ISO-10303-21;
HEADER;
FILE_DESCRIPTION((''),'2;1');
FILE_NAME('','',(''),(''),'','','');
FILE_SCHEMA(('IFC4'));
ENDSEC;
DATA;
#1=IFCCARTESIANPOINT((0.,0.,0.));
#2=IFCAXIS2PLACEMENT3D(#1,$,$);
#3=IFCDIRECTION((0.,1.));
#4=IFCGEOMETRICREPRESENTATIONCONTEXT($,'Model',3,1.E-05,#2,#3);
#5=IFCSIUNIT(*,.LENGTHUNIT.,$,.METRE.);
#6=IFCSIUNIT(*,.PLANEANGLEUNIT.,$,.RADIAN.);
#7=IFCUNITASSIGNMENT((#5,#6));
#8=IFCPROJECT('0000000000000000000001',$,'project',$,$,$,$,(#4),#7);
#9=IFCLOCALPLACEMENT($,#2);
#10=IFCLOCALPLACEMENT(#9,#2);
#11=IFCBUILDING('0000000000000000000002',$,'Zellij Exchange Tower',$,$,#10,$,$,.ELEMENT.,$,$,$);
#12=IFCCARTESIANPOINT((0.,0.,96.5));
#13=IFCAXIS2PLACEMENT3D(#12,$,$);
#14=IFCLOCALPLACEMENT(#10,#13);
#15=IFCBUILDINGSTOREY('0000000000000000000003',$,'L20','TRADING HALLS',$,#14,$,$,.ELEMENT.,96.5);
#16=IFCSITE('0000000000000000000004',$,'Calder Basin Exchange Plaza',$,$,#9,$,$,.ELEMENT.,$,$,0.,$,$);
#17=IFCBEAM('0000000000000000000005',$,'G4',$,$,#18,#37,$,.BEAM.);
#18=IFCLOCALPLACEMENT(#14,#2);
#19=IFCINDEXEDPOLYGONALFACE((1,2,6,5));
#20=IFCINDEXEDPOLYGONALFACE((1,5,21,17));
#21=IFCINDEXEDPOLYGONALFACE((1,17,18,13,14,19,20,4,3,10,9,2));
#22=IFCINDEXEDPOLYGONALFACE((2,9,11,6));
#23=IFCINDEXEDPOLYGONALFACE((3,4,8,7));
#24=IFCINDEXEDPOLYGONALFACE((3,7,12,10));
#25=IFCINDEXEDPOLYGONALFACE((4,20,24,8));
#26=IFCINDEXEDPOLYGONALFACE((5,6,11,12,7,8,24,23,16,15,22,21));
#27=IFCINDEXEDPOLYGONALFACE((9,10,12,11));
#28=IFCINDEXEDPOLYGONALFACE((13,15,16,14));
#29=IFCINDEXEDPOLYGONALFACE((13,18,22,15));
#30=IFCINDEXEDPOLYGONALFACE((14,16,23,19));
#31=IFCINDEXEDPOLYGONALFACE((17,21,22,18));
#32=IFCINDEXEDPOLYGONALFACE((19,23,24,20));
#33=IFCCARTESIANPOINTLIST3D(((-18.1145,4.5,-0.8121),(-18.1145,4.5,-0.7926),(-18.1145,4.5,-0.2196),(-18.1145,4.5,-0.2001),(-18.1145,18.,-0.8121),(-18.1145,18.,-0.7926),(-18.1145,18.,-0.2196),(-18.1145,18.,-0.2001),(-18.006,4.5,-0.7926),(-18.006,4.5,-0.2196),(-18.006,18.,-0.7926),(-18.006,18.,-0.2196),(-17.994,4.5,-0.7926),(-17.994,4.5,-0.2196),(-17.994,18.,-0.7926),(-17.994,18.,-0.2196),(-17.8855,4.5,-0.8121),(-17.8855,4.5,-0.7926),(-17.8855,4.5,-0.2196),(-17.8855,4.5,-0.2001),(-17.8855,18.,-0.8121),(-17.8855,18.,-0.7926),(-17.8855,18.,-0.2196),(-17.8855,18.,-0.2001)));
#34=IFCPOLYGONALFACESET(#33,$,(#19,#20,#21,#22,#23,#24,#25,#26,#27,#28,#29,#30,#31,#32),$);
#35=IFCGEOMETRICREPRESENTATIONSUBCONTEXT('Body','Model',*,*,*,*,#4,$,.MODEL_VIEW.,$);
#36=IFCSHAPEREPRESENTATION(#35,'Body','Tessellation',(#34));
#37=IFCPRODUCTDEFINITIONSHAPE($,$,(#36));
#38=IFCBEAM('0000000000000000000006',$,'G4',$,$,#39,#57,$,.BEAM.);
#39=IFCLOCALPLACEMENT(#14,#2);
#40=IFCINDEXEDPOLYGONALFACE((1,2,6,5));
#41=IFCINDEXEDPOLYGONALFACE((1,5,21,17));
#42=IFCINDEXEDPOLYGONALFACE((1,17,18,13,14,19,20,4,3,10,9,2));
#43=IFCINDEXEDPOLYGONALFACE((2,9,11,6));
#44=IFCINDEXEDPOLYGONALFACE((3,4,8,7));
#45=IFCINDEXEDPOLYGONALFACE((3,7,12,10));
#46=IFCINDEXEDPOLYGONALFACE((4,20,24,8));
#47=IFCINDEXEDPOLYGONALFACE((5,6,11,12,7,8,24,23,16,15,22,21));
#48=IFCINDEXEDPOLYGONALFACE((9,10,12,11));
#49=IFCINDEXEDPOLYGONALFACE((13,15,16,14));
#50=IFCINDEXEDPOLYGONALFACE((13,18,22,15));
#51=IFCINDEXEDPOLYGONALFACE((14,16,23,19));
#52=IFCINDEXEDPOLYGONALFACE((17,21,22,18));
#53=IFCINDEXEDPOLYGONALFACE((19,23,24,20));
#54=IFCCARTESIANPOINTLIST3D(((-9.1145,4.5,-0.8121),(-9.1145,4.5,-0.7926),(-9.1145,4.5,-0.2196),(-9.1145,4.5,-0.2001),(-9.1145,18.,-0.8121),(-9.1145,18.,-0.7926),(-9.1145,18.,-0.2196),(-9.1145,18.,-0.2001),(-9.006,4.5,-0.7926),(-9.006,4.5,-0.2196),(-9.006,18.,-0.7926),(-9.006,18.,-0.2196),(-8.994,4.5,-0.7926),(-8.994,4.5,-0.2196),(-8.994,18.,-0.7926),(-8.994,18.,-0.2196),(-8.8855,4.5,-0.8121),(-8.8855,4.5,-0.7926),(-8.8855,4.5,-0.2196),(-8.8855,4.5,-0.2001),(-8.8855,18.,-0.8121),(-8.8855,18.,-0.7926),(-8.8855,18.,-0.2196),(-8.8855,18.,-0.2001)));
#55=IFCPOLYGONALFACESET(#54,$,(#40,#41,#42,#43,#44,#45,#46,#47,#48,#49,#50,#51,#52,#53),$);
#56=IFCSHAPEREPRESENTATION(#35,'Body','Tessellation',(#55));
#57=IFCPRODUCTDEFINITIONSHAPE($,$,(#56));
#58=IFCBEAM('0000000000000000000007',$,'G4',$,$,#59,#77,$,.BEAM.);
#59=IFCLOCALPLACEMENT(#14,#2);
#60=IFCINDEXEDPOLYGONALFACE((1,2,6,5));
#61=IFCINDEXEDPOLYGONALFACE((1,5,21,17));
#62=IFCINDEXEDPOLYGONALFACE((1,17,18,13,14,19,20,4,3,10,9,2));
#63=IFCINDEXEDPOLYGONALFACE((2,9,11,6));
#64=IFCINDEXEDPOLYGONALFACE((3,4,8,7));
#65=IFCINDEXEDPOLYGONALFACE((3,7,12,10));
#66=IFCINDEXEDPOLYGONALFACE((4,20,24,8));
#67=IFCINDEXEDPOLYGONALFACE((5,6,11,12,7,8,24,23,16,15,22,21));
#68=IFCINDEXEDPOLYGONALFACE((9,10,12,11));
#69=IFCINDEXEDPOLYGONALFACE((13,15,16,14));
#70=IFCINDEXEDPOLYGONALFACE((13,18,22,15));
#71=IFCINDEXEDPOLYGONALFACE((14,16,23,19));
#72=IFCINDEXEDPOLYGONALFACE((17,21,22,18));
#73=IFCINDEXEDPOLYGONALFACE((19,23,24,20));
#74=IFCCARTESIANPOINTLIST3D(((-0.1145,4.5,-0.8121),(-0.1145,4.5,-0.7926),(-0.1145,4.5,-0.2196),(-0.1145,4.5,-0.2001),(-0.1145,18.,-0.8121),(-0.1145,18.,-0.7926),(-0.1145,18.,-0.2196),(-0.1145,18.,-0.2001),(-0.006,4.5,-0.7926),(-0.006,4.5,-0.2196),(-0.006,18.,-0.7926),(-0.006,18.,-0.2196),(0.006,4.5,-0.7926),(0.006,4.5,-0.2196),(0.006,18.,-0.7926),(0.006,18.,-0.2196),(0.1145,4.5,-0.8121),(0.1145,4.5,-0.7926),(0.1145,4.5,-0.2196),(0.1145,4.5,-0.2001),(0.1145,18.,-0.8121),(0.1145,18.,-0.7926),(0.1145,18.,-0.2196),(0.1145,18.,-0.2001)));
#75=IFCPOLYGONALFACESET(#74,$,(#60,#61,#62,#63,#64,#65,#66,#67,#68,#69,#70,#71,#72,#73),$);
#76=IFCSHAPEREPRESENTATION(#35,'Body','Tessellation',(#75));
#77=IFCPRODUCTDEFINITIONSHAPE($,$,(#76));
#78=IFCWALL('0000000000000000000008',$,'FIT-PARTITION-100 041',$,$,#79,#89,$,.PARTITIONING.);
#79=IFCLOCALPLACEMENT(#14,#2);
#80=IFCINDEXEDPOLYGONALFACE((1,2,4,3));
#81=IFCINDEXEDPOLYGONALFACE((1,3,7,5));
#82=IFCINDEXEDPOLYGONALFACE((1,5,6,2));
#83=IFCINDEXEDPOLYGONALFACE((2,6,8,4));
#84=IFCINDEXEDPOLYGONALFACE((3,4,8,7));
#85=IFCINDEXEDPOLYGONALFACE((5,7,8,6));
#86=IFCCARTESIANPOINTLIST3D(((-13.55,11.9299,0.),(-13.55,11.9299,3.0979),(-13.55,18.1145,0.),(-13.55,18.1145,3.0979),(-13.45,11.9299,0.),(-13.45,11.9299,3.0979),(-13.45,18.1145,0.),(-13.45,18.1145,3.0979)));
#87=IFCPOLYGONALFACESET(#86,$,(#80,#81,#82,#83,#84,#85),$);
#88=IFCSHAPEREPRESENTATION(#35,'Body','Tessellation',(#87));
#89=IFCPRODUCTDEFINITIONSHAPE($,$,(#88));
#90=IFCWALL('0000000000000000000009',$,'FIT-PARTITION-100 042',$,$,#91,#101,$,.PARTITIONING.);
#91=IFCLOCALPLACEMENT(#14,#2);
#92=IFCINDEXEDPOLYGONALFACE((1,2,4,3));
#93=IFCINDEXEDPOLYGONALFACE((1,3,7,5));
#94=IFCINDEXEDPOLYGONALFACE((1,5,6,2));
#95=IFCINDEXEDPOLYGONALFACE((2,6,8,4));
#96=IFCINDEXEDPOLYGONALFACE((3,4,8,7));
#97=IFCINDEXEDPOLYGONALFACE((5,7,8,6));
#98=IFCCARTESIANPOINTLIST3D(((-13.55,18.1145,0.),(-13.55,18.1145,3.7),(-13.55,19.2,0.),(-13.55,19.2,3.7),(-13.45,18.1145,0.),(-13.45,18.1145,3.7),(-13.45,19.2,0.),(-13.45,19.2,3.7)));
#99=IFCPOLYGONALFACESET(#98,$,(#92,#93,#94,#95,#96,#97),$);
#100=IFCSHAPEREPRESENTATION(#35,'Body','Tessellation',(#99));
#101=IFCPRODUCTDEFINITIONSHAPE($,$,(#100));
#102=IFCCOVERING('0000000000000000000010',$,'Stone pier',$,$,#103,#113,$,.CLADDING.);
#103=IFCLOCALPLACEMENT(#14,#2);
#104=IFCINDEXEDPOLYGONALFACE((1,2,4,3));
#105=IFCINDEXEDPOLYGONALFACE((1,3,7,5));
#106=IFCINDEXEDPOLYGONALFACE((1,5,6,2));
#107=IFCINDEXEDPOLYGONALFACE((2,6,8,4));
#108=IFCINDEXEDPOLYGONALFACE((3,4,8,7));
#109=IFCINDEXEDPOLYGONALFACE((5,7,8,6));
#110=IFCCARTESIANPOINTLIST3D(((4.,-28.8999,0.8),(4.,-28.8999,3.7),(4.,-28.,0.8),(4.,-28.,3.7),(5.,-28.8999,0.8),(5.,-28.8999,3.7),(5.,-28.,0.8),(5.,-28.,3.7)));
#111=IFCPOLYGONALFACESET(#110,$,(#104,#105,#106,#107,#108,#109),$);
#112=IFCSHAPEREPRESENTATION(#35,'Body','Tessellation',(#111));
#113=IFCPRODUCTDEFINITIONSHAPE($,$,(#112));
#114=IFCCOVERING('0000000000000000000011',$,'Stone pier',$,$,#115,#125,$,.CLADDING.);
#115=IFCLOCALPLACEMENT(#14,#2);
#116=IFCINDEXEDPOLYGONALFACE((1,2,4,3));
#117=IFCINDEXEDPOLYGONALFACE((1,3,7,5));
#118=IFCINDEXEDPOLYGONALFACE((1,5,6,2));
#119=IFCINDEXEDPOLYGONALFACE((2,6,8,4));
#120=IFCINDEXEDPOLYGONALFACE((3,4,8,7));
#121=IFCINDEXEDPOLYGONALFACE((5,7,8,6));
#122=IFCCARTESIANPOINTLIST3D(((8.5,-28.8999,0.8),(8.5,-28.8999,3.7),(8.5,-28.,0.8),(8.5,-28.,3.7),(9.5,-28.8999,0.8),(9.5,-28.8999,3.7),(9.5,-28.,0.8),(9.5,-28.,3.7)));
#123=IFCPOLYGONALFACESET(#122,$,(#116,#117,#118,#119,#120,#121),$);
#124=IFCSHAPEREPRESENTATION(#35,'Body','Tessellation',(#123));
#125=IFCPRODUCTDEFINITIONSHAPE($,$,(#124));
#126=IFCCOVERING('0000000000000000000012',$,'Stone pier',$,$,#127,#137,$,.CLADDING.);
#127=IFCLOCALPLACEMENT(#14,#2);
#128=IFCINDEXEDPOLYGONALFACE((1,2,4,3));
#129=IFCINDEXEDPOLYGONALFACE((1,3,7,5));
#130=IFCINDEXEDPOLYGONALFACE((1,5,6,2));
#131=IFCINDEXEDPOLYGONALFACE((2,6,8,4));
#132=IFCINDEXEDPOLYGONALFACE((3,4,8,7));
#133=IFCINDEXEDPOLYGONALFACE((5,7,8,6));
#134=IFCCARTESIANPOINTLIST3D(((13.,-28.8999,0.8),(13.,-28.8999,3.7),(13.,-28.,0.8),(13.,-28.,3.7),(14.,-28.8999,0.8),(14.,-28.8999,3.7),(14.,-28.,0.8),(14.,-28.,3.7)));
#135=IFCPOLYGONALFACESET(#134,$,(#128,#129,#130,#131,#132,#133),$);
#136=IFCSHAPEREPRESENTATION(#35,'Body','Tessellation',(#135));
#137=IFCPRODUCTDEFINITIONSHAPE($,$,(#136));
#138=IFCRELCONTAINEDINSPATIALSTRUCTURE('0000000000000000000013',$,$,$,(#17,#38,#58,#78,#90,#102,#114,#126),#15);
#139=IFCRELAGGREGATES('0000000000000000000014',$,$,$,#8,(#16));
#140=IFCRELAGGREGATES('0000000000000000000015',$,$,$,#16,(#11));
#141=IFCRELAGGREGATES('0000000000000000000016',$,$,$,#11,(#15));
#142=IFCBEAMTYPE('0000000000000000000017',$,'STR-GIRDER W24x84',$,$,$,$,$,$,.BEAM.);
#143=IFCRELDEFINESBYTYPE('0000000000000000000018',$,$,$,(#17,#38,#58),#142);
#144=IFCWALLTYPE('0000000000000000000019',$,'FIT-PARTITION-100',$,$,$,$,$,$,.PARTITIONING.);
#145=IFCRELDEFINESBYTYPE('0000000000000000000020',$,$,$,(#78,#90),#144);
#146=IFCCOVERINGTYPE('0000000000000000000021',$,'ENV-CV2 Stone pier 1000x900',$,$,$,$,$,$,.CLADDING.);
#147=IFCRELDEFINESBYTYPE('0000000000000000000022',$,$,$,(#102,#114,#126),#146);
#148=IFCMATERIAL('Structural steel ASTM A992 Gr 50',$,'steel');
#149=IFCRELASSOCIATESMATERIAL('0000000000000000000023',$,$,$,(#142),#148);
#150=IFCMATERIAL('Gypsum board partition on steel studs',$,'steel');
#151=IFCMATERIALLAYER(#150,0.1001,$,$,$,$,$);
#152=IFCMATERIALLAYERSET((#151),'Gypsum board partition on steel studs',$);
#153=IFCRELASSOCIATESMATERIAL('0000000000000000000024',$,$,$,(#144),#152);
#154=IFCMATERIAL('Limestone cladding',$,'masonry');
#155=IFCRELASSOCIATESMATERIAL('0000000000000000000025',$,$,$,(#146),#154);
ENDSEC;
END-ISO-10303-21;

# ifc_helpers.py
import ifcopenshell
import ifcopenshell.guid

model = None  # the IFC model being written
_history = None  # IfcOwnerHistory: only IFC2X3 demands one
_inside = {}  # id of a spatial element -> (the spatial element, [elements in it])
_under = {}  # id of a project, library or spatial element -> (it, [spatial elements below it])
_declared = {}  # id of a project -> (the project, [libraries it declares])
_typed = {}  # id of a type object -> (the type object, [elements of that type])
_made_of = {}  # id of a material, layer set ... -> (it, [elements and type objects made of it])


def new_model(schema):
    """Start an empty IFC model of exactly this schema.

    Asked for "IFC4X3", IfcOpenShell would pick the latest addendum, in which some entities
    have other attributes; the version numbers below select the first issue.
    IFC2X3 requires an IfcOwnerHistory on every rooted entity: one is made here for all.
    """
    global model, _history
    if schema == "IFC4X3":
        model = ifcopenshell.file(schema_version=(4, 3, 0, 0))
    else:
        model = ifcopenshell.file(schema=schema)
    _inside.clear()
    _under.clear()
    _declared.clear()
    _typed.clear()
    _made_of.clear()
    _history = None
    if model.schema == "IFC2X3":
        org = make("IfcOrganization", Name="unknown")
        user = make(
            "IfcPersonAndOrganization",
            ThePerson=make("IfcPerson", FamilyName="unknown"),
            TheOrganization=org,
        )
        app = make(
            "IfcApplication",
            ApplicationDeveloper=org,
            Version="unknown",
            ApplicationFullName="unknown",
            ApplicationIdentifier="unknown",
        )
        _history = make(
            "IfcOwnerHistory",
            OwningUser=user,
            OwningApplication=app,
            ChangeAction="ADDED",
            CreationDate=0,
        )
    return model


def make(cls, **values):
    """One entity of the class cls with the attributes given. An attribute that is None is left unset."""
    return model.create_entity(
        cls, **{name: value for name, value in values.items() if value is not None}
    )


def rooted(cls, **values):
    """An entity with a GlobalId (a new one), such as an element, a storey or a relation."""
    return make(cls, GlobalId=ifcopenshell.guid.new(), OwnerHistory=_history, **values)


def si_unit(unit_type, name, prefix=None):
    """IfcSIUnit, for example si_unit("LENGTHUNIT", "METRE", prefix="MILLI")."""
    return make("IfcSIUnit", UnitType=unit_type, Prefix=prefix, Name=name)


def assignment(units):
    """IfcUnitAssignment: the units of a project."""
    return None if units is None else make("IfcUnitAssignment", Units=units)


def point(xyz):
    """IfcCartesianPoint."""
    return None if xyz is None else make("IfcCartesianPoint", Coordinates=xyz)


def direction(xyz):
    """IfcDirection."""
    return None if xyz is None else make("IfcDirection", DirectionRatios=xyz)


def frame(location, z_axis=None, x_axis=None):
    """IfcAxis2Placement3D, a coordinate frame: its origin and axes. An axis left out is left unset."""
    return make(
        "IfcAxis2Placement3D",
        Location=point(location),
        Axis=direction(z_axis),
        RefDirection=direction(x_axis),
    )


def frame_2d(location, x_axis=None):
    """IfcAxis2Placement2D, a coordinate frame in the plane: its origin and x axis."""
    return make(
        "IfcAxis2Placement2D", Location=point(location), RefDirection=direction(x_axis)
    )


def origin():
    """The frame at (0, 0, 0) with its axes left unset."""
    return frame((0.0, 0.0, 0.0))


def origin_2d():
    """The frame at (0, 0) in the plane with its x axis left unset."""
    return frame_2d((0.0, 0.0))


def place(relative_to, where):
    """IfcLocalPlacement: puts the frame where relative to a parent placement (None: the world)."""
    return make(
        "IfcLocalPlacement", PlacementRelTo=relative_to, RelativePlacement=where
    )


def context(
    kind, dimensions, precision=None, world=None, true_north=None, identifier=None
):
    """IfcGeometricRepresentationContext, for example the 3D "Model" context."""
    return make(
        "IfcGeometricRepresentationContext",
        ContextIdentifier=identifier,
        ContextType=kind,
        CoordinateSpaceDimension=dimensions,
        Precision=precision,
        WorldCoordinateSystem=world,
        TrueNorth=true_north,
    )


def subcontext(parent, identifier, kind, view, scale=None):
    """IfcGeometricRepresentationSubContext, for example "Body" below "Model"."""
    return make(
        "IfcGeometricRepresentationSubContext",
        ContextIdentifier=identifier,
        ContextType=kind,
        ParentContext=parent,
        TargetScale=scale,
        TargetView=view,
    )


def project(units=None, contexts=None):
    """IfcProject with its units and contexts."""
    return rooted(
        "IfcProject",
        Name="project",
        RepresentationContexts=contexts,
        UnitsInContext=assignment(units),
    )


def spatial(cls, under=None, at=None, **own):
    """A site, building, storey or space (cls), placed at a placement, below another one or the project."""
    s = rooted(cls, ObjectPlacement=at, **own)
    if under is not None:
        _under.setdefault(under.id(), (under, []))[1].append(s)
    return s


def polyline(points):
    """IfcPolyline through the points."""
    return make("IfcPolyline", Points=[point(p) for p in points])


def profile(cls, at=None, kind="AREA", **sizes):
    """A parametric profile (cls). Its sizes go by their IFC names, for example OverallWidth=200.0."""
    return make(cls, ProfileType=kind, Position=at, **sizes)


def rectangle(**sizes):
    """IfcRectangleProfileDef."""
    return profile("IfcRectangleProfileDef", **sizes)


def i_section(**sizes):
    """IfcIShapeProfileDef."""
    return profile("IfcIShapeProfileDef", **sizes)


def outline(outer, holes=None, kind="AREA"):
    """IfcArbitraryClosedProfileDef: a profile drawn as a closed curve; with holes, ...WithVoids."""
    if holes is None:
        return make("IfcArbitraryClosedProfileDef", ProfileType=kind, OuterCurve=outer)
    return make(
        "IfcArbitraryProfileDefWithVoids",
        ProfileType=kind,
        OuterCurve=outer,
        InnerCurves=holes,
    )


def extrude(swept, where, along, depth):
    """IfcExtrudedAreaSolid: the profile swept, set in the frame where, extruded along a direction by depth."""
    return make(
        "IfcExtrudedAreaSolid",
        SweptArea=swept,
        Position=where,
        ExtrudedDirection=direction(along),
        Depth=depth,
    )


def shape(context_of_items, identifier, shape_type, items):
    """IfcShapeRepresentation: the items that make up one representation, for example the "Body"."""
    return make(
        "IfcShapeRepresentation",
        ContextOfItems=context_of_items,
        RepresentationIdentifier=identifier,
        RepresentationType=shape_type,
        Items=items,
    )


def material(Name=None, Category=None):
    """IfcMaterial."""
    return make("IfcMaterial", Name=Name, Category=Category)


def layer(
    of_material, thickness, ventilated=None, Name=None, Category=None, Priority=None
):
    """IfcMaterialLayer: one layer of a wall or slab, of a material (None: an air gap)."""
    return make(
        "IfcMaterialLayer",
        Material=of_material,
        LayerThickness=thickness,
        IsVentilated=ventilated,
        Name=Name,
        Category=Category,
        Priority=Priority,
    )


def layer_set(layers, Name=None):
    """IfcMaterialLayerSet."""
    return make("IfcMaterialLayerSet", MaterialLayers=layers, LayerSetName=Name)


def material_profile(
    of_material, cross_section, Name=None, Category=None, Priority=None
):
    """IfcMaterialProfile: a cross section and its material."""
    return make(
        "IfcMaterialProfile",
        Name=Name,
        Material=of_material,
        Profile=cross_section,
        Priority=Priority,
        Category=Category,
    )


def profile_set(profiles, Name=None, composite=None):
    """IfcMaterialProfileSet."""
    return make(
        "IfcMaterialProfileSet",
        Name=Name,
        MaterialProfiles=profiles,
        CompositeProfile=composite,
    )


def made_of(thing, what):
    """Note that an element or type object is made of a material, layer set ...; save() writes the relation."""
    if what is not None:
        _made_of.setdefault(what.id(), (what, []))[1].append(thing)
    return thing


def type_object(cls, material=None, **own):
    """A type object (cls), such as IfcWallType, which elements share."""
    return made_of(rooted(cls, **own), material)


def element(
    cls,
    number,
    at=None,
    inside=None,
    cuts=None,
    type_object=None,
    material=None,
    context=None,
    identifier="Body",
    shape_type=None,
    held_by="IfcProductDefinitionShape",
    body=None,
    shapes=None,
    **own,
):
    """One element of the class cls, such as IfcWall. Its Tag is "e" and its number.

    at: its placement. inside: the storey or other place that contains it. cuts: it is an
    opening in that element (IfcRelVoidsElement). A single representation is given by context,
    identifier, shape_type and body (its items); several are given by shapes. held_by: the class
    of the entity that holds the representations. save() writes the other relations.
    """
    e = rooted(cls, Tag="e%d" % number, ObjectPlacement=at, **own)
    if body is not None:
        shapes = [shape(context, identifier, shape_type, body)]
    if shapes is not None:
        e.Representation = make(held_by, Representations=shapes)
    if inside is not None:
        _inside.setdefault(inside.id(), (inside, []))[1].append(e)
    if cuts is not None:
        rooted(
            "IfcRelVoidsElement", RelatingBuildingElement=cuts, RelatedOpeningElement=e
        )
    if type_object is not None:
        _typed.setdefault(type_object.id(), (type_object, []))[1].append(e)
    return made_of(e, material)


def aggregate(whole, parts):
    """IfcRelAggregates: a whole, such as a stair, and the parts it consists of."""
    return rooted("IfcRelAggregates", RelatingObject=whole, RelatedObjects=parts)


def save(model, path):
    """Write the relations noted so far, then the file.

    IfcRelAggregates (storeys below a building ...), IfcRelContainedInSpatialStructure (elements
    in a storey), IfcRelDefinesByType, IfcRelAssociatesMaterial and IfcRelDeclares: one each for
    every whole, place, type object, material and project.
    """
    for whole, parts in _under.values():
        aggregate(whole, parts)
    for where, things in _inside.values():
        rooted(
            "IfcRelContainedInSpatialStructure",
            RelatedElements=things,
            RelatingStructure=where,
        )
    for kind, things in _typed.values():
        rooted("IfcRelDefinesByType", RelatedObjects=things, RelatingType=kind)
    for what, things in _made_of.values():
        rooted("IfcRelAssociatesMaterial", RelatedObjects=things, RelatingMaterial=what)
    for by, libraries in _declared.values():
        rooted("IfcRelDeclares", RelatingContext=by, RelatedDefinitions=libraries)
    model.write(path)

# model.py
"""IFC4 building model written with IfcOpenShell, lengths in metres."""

from ifc_helpers import new_model, si_unit, direction, frame, frame_2d, origin, origin_2d, place, context, subcontext, project, spatial, polyline, rectangle, i_section, outline, extrude, material, layer, layer_set, material_profile, profile_set, type_object, element, save


model = new_model("IFC4")

# Units and contexts
model_context = context("Model", 3, precision=1e-05, world=origin(), true_north=direction((0.0, 1.0)))
body_context = subcontext(model_context, "Body", "Model", "MODEL_VIEW")
ifc_project = project(units=[si_unit("LENGTHUNIT", "METRE"), si_unit("PLANEANGLEUNIT", "RADIAN")], contexts=[model_context])

# Site, building, storey
site_placement = place(None, origin())
site = spatial("IfcSite", under=ifc_project, at=site_placement, Name="Calder Basin Exchange Plaza", CompositionType="ELEMENT", RefElevation=0.0)
building_placement = place(site_placement, origin())
building = spatial("IfcBuilding", under=site, at=building_placement, Name="Zellij Exchange Tower", CompositionType="ELEMENT")
storey_placement = place(building_placement, frame((0.0, 0.0, 96.5)))
storey = spatial("IfcBuildingStorey", under=building, at=storey_placement, Name="L20", Description="TRADING HALLS", CompositionType="ELEMENT", Elevation=96.5)

# Beams
ifc_material_1 = material(Name="Structural steel ASTM A992 Gr 50", Category="steel")
ifc_material_profile_1 = material_profile(ifc_material_1, i_section(OverallWidth=0.229, OverallDepth=0.6121, WebThickness=0.012, FlangeThickness=0.0195, at=origin_2d()), Name="W24x84")
ifc_profile_set_1 = profile_set([ifc_material_profile_1], Name="Structural steel ASTM A992 Gr 50")
beam_type = type_object("IfcBeamType", Name="STR-GIRDER W24x84", PredefinedType="BEAM", material=ifc_profile_set_1)
for number, where, z_axis, x_axis, name in (
    (1, (-18.0, 4.5, -0.5061), (0.0, 1.0, 0.0), (-1.0, 0.0, 0.0), "G4"),
    (2, (-9.0, 4.5, -0.5061), (0.0, 1.0, 0.0), (-1.0, 0.0, 0.0), "G4"),
    (3, (0.0, 4.5, -0.5061), (0.0, 1.0, 0.0), (-1.0, 0.0, 0.0), "G4"),
):
    element("IfcBeam", number, at=place(storey_placement, frame(where, z_axis=z_axis, x_axis=x_axis)), inside=storey, type_object=beam_type, Name=name, PredefinedType="BEAM", context=body_context, shape_type="SweptSolid", body=[
        extrude(i_section(OverallWidth=0.229, OverallDepth=0.6121, WebThickness=0.012, FlangeThickness=0.0195, at=origin_2d()), origin(), (0.0, 0.0, 1.0), 13.5),
    ])

# Walls
ifc_material_2 = material(Name="Gypsum board partition on steel studs", Category="steel")
ifc_layer = layer(ifc_material_2, 0.1001)
ifc_layer_set = layer_set([ifc_layer], Name="Gypsum board partition on steel studs")
wall_type = type_object("IfcWallType", Name="FIT-PARTITION-100", PredefinedType="PARTITIONING", material=ifc_layer_set)
wall_1_placement = place(storey_placement, frame((-13.5, 11.9299, 0.0), z_axis=(0.0, 0.0, 1.0), x_axis=(0.0, 1.0, 0.0)))
element("IfcWall", 4, at=wall_1_placement, inside=storey, type_object=wall_type, Name="FIT-PARTITION-100 041", PredefinedType="PARTITIONING", context=body_context, shape_type="SweptSolid", body=[
    extrude(rectangle(XDim=6.1846, YDim=0.1001, at=frame_2d((3.0923, 0.0))), origin(), (0.0, 0.0, 1.0), 3.0979),
])
wall_2_placement = place(storey_placement, frame((-13.5, 18.1145, 0.0), z_axis=(0.0, 0.0, 1.0), x_axis=(0.0, 1.0, 0.0)))
element("IfcWall", 5, at=wall_2_placement, inside=storey, type_object=wall_type, Name="FIT-PARTITION-100 042", PredefinedType="PARTITIONING", context=body_context, shape_type="SweptSolid", body=[
    extrude(rectangle(XDim=1.0854, YDim=0.1001, at=frame_2d((0.5427, 0.0))), origin(), (0.0, 0.0, 1.0), 3.7),
])

# Coverings
ifc_material_3 = material(Name="Limestone cladding", Category="masonry")
covering_type = type_object("IfcCoveringType", Name="ENV-CV2 Stone pier 1000x900", PredefinedType="CLADDING", material=ifc_material_3)
covering_1_placement = place(storey_placement, frame((0.0, 0.0, 0.8)))
element("IfcCovering", 6, at=covering_1_placement, inside=storey, type_object=covering_type, Name="Stone pier", PredefinedType="CLADDING", context=body_context, shape_type="SweptSolid", body=[
    extrude(outline(polyline([(4.0, -28.0), (5.0, -28.0), (5.0, -28.8999), (4.0, -28.8999), (4.0, -28.0)])), origin(), (0.0, 0.0, 1.0), 2.8999),
])
covering_2_placement = place(storey_placement, frame((0.0, 0.0, 0.8)))
element("IfcCovering", 7, at=covering_2_placement, inside=storey, type_object=covering_type, Name="Stone pier", PredefinedType="CLADDING", context=body_context, shape_type="SweptSolid", body=[
    extrude(outline(polyline([(8.5, -28.0), (9.5, -28.0), (9.5, -28.8999), (8.5, -28.8999), (8.5, -28.0)])), origin(), (0.0, 0.0, 1.0), 2.8999),
])
covering_3_placement = place(storey_placement, frame((0.0, 0.0, 0.8)))
element("IfcCovering", 8, at=covering_3_placement, inside=storey, type_object=covering_type, Name="Stone pier", PredefinedType="CLADDING", context=body_context, shape_type="SweptSolid", body=[
    extrude(outline(polyline([(13.0, -28.0), (14.0, -28.0), (14.0, -28.8999), (13.0, -28.8999), (13.0, -28.0)])), origin(), (0.0, 0.0, 1.0), 2.8999),
])

save(model, "model.ifc")
